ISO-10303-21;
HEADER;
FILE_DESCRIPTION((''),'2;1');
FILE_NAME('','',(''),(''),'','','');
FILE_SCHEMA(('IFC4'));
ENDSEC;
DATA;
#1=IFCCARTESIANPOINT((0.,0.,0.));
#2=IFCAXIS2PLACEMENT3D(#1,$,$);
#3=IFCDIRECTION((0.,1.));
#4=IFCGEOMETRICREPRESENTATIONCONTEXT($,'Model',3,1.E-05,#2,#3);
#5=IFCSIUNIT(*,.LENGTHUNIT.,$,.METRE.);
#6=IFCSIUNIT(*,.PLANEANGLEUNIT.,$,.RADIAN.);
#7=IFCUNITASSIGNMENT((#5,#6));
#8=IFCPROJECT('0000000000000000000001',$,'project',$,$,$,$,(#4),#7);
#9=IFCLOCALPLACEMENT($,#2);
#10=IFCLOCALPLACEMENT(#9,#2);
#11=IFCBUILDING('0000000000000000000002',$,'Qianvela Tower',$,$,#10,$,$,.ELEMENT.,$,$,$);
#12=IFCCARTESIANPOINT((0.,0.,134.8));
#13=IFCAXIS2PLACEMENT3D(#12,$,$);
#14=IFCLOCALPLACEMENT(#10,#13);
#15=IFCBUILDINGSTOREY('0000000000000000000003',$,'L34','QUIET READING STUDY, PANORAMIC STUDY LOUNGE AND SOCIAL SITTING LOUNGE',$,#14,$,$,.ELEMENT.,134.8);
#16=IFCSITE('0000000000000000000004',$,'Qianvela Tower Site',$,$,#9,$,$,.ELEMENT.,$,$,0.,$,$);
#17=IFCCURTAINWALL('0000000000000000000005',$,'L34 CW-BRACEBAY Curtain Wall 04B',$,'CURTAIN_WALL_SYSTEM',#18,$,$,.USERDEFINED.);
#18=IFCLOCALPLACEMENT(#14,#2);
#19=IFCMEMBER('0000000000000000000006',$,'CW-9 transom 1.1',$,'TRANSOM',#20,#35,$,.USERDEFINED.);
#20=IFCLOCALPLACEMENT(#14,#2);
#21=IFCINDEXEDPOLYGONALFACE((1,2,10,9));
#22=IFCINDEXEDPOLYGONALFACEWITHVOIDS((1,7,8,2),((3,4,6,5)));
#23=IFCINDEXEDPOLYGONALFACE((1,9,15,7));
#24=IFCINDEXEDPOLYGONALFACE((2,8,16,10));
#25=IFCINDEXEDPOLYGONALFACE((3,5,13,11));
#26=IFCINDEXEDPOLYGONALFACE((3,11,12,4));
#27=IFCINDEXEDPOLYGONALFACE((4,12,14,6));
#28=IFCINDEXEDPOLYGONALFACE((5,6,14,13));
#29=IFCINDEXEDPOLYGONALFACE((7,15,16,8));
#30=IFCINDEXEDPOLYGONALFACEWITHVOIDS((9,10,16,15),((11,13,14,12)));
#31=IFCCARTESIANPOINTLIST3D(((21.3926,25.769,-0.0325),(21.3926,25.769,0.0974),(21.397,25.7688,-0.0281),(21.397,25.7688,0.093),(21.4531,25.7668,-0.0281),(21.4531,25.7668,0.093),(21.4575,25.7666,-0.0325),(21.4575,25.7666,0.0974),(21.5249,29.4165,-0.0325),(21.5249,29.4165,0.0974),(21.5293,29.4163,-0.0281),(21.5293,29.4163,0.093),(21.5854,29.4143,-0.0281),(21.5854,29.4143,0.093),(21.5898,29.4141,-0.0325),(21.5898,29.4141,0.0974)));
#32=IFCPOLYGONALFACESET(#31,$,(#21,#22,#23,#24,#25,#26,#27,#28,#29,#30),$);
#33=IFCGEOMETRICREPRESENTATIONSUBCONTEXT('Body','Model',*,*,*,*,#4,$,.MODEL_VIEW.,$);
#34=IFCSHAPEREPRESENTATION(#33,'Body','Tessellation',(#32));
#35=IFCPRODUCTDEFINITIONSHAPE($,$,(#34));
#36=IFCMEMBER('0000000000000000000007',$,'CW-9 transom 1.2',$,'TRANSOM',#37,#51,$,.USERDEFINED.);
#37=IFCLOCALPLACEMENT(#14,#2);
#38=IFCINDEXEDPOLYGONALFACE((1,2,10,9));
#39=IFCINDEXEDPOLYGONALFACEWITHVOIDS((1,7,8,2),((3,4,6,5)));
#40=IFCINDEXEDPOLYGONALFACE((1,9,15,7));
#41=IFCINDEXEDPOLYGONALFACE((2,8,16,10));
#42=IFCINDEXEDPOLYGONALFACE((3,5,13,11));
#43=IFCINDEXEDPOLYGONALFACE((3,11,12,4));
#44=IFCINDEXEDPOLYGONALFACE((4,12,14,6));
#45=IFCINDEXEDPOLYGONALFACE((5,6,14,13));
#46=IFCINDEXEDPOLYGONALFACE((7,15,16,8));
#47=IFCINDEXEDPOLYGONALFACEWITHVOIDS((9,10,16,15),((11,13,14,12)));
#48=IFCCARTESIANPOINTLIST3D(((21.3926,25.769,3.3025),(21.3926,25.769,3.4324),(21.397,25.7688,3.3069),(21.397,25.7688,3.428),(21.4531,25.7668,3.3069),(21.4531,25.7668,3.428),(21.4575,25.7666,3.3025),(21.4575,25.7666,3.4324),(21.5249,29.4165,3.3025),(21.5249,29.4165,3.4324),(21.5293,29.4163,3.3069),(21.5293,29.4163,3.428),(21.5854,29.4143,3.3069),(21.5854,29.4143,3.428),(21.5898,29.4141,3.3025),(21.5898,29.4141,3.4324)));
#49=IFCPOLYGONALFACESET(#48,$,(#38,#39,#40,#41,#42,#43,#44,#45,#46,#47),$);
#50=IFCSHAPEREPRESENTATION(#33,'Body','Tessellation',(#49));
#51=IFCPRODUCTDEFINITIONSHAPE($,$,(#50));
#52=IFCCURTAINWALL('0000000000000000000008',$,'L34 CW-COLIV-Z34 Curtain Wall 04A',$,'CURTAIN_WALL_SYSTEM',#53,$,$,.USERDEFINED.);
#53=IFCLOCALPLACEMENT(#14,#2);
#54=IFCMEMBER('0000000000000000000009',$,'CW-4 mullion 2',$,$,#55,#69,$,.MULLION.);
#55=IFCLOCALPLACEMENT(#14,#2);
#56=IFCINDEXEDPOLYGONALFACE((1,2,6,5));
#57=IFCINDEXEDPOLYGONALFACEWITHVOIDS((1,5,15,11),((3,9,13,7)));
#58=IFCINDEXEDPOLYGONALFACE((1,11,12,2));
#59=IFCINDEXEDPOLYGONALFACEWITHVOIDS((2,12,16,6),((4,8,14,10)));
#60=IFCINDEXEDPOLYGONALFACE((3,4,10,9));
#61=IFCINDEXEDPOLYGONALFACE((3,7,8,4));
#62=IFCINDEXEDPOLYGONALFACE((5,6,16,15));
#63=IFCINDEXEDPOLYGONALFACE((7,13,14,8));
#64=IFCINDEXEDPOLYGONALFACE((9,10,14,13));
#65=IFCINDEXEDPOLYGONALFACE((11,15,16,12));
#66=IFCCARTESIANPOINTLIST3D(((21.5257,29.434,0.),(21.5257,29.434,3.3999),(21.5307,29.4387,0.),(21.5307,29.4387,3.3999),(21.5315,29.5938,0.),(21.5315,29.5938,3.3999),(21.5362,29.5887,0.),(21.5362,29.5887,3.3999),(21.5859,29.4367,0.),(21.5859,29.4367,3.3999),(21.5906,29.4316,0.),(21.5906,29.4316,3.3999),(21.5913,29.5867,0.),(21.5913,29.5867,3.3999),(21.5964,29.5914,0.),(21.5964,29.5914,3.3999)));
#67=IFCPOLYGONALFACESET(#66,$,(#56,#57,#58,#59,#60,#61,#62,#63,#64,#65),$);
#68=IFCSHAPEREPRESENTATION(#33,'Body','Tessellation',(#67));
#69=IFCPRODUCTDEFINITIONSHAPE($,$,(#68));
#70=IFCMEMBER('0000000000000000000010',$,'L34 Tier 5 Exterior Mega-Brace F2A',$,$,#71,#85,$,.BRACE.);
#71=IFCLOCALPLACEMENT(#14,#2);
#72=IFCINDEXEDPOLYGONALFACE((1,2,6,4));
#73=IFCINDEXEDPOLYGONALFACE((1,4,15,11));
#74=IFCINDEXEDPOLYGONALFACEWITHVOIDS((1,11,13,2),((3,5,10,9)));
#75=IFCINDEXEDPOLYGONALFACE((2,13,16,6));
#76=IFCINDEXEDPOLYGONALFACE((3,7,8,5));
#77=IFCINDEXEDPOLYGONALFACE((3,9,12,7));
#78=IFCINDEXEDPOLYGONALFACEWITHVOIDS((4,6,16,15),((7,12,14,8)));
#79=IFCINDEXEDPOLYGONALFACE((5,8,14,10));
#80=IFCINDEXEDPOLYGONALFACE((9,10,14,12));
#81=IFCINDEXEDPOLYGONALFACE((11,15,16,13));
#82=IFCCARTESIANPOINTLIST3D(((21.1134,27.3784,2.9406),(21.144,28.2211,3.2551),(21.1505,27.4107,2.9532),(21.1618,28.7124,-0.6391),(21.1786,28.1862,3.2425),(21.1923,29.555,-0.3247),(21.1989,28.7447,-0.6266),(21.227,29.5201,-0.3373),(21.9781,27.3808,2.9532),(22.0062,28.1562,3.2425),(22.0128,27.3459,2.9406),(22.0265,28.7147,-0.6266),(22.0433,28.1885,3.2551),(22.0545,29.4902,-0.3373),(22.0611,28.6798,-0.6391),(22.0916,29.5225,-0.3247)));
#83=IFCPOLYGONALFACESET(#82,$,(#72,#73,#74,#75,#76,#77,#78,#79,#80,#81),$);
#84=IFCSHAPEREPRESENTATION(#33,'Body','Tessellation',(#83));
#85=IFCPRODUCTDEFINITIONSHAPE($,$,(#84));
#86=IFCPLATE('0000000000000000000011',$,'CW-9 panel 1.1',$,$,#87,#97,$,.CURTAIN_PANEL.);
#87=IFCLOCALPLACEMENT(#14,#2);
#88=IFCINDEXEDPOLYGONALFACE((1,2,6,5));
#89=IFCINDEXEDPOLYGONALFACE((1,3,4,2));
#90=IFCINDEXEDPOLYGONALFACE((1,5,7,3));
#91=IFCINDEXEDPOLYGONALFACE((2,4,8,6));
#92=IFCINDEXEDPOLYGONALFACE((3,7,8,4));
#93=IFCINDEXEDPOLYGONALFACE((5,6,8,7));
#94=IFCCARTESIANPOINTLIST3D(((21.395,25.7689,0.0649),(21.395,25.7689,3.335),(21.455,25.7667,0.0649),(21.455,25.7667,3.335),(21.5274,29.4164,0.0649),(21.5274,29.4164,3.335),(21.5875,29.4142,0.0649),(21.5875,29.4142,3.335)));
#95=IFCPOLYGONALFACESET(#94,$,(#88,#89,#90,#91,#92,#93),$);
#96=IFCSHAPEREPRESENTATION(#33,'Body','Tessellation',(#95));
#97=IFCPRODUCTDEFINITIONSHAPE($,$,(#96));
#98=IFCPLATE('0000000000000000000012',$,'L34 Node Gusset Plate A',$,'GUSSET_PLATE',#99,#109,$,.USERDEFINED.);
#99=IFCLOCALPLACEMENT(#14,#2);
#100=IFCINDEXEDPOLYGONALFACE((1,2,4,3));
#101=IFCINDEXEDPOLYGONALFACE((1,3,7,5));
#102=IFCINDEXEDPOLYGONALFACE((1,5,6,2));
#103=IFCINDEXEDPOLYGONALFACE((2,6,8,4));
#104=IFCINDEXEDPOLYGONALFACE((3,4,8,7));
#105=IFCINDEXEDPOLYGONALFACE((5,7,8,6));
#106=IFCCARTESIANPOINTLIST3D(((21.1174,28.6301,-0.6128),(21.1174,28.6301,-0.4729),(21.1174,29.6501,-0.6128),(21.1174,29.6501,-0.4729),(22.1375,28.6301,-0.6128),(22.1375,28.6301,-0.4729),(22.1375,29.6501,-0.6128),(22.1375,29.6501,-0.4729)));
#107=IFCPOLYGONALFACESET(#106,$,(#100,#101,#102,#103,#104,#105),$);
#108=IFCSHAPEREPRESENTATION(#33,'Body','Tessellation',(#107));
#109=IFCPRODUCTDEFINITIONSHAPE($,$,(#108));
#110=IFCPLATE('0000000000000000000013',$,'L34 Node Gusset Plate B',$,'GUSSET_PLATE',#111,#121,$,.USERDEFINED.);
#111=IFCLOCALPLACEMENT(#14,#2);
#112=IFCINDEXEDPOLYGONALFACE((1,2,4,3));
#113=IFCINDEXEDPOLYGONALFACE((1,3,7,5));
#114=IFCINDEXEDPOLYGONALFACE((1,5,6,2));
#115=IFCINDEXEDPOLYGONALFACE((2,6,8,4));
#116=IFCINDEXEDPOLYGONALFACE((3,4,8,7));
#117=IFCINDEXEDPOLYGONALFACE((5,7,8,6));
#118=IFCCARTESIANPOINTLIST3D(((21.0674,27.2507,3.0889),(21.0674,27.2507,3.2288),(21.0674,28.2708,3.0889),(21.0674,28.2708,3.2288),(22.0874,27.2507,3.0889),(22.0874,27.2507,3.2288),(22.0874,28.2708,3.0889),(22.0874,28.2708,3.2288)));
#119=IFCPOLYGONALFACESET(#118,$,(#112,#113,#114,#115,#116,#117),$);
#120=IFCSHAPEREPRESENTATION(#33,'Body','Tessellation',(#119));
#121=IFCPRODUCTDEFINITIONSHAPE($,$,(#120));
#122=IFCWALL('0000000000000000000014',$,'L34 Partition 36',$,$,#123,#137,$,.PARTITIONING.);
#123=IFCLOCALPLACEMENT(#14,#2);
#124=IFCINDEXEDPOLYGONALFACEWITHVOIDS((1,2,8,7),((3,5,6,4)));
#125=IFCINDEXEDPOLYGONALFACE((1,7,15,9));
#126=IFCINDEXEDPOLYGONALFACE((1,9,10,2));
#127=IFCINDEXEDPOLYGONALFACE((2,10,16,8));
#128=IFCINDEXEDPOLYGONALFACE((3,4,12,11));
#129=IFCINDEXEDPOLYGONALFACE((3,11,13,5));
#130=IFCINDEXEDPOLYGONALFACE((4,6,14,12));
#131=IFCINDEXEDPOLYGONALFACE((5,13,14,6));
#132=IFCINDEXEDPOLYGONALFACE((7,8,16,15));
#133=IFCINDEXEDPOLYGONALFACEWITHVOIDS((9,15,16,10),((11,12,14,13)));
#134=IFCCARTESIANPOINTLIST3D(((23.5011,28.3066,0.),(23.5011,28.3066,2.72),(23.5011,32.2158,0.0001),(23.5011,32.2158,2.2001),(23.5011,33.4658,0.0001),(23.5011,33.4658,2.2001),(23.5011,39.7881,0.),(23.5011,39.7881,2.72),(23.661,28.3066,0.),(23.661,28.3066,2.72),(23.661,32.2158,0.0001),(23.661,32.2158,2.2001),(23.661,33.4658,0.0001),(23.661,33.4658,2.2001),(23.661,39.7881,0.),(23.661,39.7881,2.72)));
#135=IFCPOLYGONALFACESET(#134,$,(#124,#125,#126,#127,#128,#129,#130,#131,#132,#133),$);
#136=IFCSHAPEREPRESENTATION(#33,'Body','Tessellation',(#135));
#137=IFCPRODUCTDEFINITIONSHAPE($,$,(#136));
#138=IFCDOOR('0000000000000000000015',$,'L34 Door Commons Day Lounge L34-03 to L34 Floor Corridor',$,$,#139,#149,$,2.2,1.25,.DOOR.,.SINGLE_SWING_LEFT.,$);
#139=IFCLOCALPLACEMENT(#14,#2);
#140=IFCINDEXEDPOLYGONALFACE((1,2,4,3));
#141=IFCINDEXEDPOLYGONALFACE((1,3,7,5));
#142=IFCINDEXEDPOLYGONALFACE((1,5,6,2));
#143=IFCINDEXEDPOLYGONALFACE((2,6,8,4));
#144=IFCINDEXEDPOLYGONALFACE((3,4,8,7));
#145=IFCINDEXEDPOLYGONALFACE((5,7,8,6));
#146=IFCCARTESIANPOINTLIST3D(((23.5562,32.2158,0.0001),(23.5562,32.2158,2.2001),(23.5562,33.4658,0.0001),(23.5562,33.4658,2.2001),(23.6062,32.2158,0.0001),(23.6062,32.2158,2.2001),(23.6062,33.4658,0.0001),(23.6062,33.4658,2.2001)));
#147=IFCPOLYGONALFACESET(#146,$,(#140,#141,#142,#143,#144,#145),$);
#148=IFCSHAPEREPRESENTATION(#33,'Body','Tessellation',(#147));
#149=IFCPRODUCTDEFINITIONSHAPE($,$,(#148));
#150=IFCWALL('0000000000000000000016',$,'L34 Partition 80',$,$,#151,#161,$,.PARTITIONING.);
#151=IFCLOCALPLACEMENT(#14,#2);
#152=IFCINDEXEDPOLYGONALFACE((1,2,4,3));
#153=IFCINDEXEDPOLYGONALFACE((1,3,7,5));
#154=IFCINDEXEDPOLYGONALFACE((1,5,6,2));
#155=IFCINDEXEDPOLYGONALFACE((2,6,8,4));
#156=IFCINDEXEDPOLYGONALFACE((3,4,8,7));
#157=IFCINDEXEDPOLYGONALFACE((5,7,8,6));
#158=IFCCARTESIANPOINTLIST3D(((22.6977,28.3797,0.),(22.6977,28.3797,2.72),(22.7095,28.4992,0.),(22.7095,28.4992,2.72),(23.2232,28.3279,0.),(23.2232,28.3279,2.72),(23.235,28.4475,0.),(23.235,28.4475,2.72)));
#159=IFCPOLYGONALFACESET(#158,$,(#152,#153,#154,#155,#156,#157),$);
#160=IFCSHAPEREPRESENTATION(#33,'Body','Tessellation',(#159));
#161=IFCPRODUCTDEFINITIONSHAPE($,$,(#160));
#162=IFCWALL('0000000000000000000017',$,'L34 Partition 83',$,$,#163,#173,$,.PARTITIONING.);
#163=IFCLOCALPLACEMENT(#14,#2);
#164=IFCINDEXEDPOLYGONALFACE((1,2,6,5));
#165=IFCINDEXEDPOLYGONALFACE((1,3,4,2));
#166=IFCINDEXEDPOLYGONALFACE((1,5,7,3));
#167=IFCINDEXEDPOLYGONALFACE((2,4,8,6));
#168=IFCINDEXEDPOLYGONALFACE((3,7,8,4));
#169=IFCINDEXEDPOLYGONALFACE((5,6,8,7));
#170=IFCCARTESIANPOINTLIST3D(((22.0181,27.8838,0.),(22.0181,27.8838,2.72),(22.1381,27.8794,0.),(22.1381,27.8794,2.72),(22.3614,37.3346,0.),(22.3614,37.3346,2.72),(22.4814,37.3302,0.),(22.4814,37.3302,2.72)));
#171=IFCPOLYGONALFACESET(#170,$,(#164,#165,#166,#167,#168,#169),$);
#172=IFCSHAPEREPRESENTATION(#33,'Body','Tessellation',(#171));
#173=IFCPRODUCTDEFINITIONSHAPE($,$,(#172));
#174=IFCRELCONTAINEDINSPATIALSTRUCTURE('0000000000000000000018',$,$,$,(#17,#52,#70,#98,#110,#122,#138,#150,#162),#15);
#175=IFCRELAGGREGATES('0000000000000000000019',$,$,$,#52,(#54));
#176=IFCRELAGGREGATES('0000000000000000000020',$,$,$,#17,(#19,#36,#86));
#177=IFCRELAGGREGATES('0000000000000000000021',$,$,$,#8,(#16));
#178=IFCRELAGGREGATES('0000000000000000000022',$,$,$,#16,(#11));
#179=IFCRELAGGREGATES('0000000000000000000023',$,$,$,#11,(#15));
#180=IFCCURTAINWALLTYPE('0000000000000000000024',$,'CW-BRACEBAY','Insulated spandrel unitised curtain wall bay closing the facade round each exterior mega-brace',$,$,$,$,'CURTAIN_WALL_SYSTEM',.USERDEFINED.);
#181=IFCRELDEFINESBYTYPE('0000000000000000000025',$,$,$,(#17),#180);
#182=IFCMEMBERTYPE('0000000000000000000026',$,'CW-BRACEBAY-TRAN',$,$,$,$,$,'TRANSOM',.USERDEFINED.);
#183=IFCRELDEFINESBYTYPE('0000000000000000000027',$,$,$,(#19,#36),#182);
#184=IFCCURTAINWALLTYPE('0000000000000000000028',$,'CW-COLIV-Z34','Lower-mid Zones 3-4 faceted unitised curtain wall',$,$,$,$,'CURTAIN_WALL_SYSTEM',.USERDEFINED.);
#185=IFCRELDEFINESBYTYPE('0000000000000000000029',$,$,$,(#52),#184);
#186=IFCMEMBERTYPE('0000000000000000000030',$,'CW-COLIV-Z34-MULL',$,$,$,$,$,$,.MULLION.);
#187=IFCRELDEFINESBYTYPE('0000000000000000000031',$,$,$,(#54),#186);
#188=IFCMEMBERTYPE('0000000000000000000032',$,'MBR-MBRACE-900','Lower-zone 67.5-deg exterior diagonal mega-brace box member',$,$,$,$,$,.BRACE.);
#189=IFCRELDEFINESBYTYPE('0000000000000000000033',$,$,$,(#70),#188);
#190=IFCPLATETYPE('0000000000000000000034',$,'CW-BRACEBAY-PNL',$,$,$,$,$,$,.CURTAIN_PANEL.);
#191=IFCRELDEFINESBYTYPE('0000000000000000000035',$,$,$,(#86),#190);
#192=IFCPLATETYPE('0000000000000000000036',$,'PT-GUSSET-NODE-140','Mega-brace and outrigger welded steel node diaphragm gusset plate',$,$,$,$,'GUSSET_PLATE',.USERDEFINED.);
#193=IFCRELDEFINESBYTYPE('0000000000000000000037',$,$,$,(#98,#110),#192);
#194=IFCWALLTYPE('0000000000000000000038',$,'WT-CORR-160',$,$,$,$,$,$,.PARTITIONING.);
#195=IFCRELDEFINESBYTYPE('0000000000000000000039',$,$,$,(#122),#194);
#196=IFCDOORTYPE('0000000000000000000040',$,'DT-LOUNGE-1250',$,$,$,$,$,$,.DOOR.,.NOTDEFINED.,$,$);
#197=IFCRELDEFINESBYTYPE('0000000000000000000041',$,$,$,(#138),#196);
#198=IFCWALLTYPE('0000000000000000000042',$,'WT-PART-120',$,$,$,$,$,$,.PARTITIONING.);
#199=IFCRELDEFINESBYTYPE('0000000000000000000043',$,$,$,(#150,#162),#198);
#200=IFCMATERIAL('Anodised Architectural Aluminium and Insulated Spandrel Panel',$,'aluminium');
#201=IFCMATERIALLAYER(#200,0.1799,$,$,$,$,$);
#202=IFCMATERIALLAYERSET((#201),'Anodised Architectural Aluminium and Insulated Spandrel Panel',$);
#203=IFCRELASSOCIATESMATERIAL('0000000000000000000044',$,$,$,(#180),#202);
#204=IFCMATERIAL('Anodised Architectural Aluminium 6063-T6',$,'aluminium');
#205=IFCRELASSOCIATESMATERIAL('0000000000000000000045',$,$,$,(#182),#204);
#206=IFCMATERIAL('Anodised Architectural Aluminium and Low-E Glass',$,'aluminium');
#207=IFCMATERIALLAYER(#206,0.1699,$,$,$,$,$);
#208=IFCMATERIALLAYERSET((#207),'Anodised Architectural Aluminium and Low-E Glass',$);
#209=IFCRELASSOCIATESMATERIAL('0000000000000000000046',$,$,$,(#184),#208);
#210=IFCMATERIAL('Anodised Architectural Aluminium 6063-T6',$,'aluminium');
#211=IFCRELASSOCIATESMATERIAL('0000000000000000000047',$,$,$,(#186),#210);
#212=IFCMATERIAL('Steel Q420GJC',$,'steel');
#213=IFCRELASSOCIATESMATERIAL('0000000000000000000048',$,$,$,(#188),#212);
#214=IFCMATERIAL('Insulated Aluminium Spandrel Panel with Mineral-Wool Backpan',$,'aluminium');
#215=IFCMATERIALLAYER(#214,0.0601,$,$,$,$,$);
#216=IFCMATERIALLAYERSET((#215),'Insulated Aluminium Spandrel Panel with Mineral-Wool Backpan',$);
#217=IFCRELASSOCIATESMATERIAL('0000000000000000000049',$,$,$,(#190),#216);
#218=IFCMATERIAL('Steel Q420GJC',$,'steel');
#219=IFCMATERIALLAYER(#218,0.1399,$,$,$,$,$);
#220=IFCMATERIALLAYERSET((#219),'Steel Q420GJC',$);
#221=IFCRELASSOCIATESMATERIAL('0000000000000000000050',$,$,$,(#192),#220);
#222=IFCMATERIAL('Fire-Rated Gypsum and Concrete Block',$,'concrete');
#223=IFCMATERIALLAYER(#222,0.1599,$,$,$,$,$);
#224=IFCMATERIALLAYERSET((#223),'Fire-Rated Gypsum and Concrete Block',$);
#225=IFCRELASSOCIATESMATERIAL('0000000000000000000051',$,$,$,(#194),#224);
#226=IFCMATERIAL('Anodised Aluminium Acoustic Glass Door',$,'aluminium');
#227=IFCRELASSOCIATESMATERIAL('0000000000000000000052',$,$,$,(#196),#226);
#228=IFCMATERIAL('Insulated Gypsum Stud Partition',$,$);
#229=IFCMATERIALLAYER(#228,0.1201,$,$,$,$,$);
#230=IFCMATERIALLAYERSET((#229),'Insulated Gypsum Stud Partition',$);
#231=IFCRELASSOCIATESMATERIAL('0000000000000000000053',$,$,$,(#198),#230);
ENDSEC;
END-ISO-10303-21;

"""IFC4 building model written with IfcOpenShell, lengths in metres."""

from ifc_helpers import new_model, si_unit, direction, frame, frame_2d, origin, origin_2d, place, context, subcontext, project, spatial, rectangle, hollow_rectangle, extrude, material, layer, layer_set, material_profile, profile_set, type_object, element, fill, aggregate, save


model = new_model("IFC4")

# Units and contexts
model_context = context("Model", 3, precision=1e-05, world=origin(), true_north=direction((0.0, 1.0)))
body_context = subcontext(model_context, "Body", "Model", "MODEL_VIEW")
ifc_project = project(units=[si_unit("LENGTHUNIT", "METRE"), si_unit("PLANEANGLEUNIT", "RADIAN")], contexts=[model_context])

# Site, building, storey
site_placement = place(None, origin())
site = spatial("IfcSite", under=ifc_project, at=site_placement, Name="Qianvela Tower Site", CompositionType="ELEMENT", RefElevation=0.0)
building_placement = place(site_placement, origin())
building = spatial("IfcBuilding", under=site, at=building_placement, Name="Qianvela Tower", CompositionType="ELEMENT")
storey_placement = place(building_placement, frame((0.0, 0.0, 134.8)))
storey = spatial("IfcBuildingStorey", under=building, at=storey_placement, Name="L34", Description="QUIET READING STUDY, PANORAMIC STUDY LOUNGE AND SOCIAL SITTING LOUNGE", CompositionType="ELEMENT", Elevation=134.8)

# Curtain wall, members
ifc_material_1 = material(Name="Anodised Architectural Aluminium and Insulated Spandrel Panel", Category="aluminium")
ifc_layer_1 = layer(ifc_material_1, 0.1799)
ifc_layer_set_1 = layer_set([ifc_layer_1], Name="Anodised Architectural Aluminium and Insulated Spandrel Panel")
curtain_wall_type_1 = type_object("IfcCurtainWallType", Name="CW-BRACEBAY", Description="Insulated spandrel unitised curtain wall bay closing the facade round each exterior mega-brace", ElementType="CURTAIN_WALL_SYSTEM", PredefinedType="USERDEFINED", material=ifc_layer_set_1)
curtain_wall_1_placement = place(storey_placement, origin())
curtain_wall_1 = element("IfcCurtainWall", 1, at=curtain_wall_1_placement, inside=storey, type_object=curtain_wall_type_1, Name="L34 CW-BRACEBAY Curtain Wall 04B", ObjectType="CURTAIN_WALL_SYSTEM", PredefinedType="USERDEFINED")
ifc_material_2 = material(Name="Anodised Architectural Aluminium 6063-T6", Category="aluminium")
ifc_material_profile_1 = material_profile(ifc_material_2, hollow_rectangle(XDim=0.0649, YDim=0.1299, WallThickness=0.0044, at=origin_2d()), Name="ALU-TRAN-65x130")
ifc_profile_set_1 = profile_set([ifc_material_profile_1], Name="Anodised Architectural Aluminium 6063-T6")
member_type_1 = type_object("IfcMemberType", Name="CW-BRACEBAY-TRAN", ElementType="TRANSOM", PredefinedType="USERDEFINED", material=ifc_profile_set_1)
member_1_placement = place(storey_placement, frame((21.5574, 29.4153, 0.0325), z_axis=(-0.036255, -0.999343, 0.0), x_axis=(0.999343, -0.036255, 0.0)))
member_1 = element("IfcMember", 2, at=member_1_placement, type_object=member_type_1, Name="CW-9 transom 1.1", ObjectType="TRANSOM", PredefinedType="USERDEFINED", context=body_context, shape_type="SweptSolid", body=[
    extrude(hollow_rectangle(XDim=0.0649, YDim=0.1299, WallThickness=0.0044, at=origin_2d()), origin(), (0.0, 0.0, 1.0), 3.6499),
])
member_2_placement = place(storey_placement, frame((21.5574, 29.4153, 3.3674), z_axis=(-0.036255, -0.999343, 0.0), x_axis=(0.999343, -0.036255, 0.0)))
member_2 = element("IfcMember", 3, at=member_2_placement, type_object=member_type_1, Name="CW-9 transom 1.2", ObjectType="TRANSOM", PredefinedType="USERDEFINED", context=body_context, shape_type="SweptSolid", body=[
    extrude(hollow_rectangle(XDim=0.0649, YDim=0.1299, WallThickness=0.0044, at=origin_2d()), origin(), (0.0, 0.0, 1.0), 3.6499),
])

# Curtain wall, member
ifc_material_3 = material(Name="Anodised Architectural Aluminium and Low-E Glass", Category="aluminium")
ifc_layer_2 = layer(ifc_material_3, 0.1699)
ifc_layer_set_2 = layer_set([ifc_layer_2], Name="Anodised Architectural Aluminium and Low-E Glass")
curtain_wall_type_2 = type_object("IfcCurtainWallType", Name="CW-COLIV-Z34", Description="Lower-mid Zones 3-4 faceted unitised curtain wall", ElementType="CURTAIN_WALL_SYSTEM", PredefinedType="USERDEFINED", material=ifc_layer_set_2)
curtain_wall_2_placement = place(storey_placement, origin())
curtain_wall_2 = element("IfcCurtainWall", 4, at=curtain_wall_2_placement, inside=storey, type_object=curtain_wall_type_2, Name="L34 CW-COLIV-Z34 Curtain Wall 04A", ObjectType="CURTAIN_WALL_SYSTEM", PredefinedType="USERDEFINED")
ifc_material_4 = material(Name="Anodised Architectural Aluminium 6063-T6", Category="aluminium")
ifc_material_profile_2 = material_profile(ifc_material_4, hollow_rectangle(XDim=0.0649, YDim=0.1599, WallThickness=0.0049, at=origin_2d()), Name="ALU-MULL-65x160")
ifc_profile_set_2 = profile_set([ifc_material_profile_2], Name="Anodised Architectural Aluminium 6063-T6")
member_type_2 = type_object("IfcMemberType", Name="CW-COLIV-Z34-MULL", PredefinedType="MULLION", material=ifc_profile_set_2)
member_3_placement = place(storey_placement, frame((21.561, 29.5127, 0.0), z_axis=(0.0, 0.0, 1.0), x_axis=(0.999341, -0.036301, 0.0)))
member_3 = element("IfcMember", 5, at=member_3_placement, type_object=member_type_2, Name="CW-4 mullion 2", PredefinedType="MULLION", context=body_context, shape_type="SweptSolid", body=[
    extrude(hollow_rectangle(XDim=0.0649, YDim=0.1599, WallThickness=0.0049, at=origin_2d()), origin(), (0.0, 0.0, 1.0), 3.3999),
])
aggregate(curtain_wall_2, [member_3])

# Member
ifc_material_5 = material(Name="Steel Q420GJC", Category="steel")
ifc_material_profile_3 = material_profile(ifc_material_5, hollow_rectangle(XDim=0.8999, YDim=0.8999, WallThickness=0.0359, at=origin_2d()), Name="MBOX-900x900x36")
ifc_profile_set_3 = profile_set([ifc_material_profile_3], Name="Steel Q420GJC")
member_type_3 = type_object("IfcMemberType", Name="MBR-MBRACE-900", Description="Lower-zone 67.5-deg exterior diagonal mega-brace box member", PredefinedType="BRACE", material=ifc_profile_set_3)
member_4_placement = place(storey_placement, frame((21.6267, 29.1174, -0.4819), z_axis=(-0.012652, -0.349155, 0.93698), x_axis=(0.999344, -0.036213, 0.0)))
element("IfcMember", 6, at=member_4_placement, inside=storey, type_object=member_type_3, Name="L34 Tier 5 Exterior Mega-Brace F2A", PredefinedType="BRACE", context=body_context, shape_type="SweptSolid", body=[
    extrude(hollow_rectangle(XDim=0.8999, YDim=0.8999, WallThickness=0.0359, at=origin_2d()), origin(), (0.0, 0.0, 1.0), 3.8206),
])

# Plate
ifc_material_6 = material(Name="Insulated Aluminium Spandrel Panel with Mineral-Wool Backpan", Category="aluminium")
ifc_layer_3 = layer(ifc_material_6, 0.0601)
ifc_layer_set_3 = layer_set([ifc_layer_3], Name="Insulated Aluminium Spandrel Panel with Mineral-Wool Backpan")
plate_type_1 = type_object("IfcPlateType", Name="CW-BRACEBAY-PNL", PredefinedType="CURTAIN_PANEL", material=ifc_layer_set_3)
plate_placement = place(storey_placement, frame((21.4912, 27.5916, 0.0649), z_axis=(0.0, 0.0, 1.0), x_axis=(-0.036296, -0.999341, 0.0)))
plate = element("IfcPlate", 7, at=plate_placement, type_object=plate_type_1, Name="CW-9 panel 1.1", PredefinedType="CURTAIN_PANEL", context=body_context, shape_type="SweptSolid", body=[
    extrude(rectangle(XDim=3.6499, YDim=0.0601, at=origin_2d()), origin(), (0.0, 0.0, 1.0), 3.27),
])
aggregate(curtain_wall_1, [member_1, member_2, plate])

# Plates
ifc_material_7 = material(Name="Steel Q420GJC", Category="steel")
ifc_layer_4 = layer(ifc_material_7, 0.1399)
ifc_layer_set_4 = layer_set([ifc_layer_4], Name="Steel Q420GJC")
plate_type_2 = type_object("IfcPlateType", Name="PT-GUSSET-NODE-140", Description="Mega-brace and outrigger welded steel node diaphragm gusset plate", ElementType="GUSSET_PLATE", PredefinedType="USERDEFINED", material=ifc_layer_set_4)
for number, where, z_axis, x_axis, name in (
    (8, (21.6274, 29.1401, -0.6128), (0.0, 0.0, 1.0), (1.0, 0.0, 0.0), "L34 Node Gusset Plate A"),
    (9, (21.5774, 27.7607, 3.0889), (0.0, 0.0, 1.0), (1.0, 0.0, 0.0), "L34 Node Gusset Plate B"),
):
    element("IfcPlate", number, at=place(storey_placement, frame(where, z_axis=z_axis, x_axis=x_axis)), inside=storey, type_object=plate_type_2, Name=name, ObjectType="GUSSET_PLATE", PredefinedType="USERDEFINED", context=body_context, shape_type="SweptSolid", body=[
        extrude(rectangle(XDim=1.02, YDim=1.02, at=origin_2d()), origin(), (0.0, 0.0, 1.0), 0.1399),
    ])

# Wall, opening, door
ifc_material_8 = material(Name="Fire-Rated Gypsum and Concrete Block", Category="concrete")
ifc_layer_5 = layer(ifc_material_8, 0.1599)
ifc_layer_set_5 = layer_set([ifc_layer_5], Name="Fire-Rated Gypsum and Concrete Block")
wall_type_1 = type_object("IfcWallType", Name="WT-CORR-160", PredefinedType="PARTITIONING", material=ifc_layer_set_5)
wall_1_placement = place(storey_placement, frame((23.5811, 28.3066, 0.0), z_axis=(0.0, 0.0, 1.0), x_axis=(0.0, 1.0, 0.0)))
wall_1 = element("IfcWall", 10, at=wall_1_placement, inside=storey, type_object=wall_type_1, Name="L34 Partition 36", PredefinedType="PARTITIONING", context=body_context, shape_type="SweptSolid", body=[
    extrude(rectangle(XDim=11.4814, YDim=0.1599, at=frame_2d((5.7407, 0.0))), origin(), (0.0, 0.0, 1.0), 2.72),
])
opening_placement = place(wall_1_placement, frame((3.9092, 0.0, 0.0)))
opening = element("IfcOpeningElement", 11, at=opening_placement, cuts=wall_1, PredefinedType="OPENING", context=body_context, shape_type="SweptSolid", body=[
    extrude(rectangle(XDim=1.25, YDim=2.2, at=frame_2d((0.625, 1.1001))), frame((0.0, 0.0898, 0.0), z_axis=(0.0, -1.0, 0.0), x_axis=(1.0, 0.0, 0.0)), (0.0, 0.0, 1.0), 0.1799),
])
ifc_material_9 = material(Name="Anodised Aluminium Acoustic Glass Door", Category="aluminium")
door_type = type_object("IfcDoorType", Name="DT-LOUNGE-1250", OperationType="NOTDEFINED", PredefinedType="DOOR", material=ifc_material_9)
door_placement = place(opening_placement, origin())
door = element("IfcDoor", 12, at=door_placement, inside=storey, type_object=door_type, Name="L34 Door Commons Day Lounge L34-03 to L34 Floor Corridor", OperationType="SINGLE_SWING_LEFT", OverallHeight=2.2, OverallWidth=1.25, PredefinedType="DOOR", context=body_context, shape_type="SweptSolid", body=[
    extrude(rectangle(XDim=1.25, YDim=2.2, at=frame_2d((0.625, 1.1001))), frame((0.0, 0.0249, 0.0), z_axis=(0.0, -1.0, 0.0), x_axis=(1.0, 0.0, 0.0)), (0.0, 0.0, 1.0), 0.05),
])
fill(opening, door)

# Walls
ifc_material_10 = material(Name="Insulated Gypsum Stud Partition")
ifc_layer_6 = layer(ifc_material_10, 0.1201)
ifc_layer_set_6 = layer_set([ifc_layer_6], Name="Insulated Gypsum Stud Partition")
wall_type_2 = type_object("IfcWallType", Name="WT-PART-120", PredefinedType="PARTITIONING", material=ifc_layer_set_6)
wall_2_placement = place(storey_placement, frame((23.2292, 28.3877, 0.0), z_axis=(0.0, 0.0, 1.0), x_axis=(-0.995187, 0.097993, 0.0)))
element("IfcWall", 13, at=wall_2_placement, inside=storey, type_object=wall_type_2, Name="L34 Partition 80", PredefinedType="PARTITIONING", context=body_context, shape_type="SweptSolid", body=[
    extrude(rectangle(XDim=0.5281, YDim=0.1201, at=frame_2d((0.2642, 0.0))), origin(), (0.0, 0.0, 1.0), 2.72),
])
wall_3_placement = place(storey_placement, frame((22.0781, 27.8816, 0.0), z_axis=(0.0, 0.0, 1.0), x_axis=(0.036297, 0.999341, 0.0)))
element("IfcWall", 14, at=wall_3_placement, inside=storey, type_object=wall_type_2, Name="L34 Partition 83", PredefinedType="PARTITIONING", context=body_context, shape_type="SweptSolid", body=[
    extrude(rectangle(XDim=9.457, YDim=0.1201, at=frame_2d((4.7285, 0.0))), origin(), (0.0, 0.0, 1.0), 2.72),
])

save(model, "model.ifc")
